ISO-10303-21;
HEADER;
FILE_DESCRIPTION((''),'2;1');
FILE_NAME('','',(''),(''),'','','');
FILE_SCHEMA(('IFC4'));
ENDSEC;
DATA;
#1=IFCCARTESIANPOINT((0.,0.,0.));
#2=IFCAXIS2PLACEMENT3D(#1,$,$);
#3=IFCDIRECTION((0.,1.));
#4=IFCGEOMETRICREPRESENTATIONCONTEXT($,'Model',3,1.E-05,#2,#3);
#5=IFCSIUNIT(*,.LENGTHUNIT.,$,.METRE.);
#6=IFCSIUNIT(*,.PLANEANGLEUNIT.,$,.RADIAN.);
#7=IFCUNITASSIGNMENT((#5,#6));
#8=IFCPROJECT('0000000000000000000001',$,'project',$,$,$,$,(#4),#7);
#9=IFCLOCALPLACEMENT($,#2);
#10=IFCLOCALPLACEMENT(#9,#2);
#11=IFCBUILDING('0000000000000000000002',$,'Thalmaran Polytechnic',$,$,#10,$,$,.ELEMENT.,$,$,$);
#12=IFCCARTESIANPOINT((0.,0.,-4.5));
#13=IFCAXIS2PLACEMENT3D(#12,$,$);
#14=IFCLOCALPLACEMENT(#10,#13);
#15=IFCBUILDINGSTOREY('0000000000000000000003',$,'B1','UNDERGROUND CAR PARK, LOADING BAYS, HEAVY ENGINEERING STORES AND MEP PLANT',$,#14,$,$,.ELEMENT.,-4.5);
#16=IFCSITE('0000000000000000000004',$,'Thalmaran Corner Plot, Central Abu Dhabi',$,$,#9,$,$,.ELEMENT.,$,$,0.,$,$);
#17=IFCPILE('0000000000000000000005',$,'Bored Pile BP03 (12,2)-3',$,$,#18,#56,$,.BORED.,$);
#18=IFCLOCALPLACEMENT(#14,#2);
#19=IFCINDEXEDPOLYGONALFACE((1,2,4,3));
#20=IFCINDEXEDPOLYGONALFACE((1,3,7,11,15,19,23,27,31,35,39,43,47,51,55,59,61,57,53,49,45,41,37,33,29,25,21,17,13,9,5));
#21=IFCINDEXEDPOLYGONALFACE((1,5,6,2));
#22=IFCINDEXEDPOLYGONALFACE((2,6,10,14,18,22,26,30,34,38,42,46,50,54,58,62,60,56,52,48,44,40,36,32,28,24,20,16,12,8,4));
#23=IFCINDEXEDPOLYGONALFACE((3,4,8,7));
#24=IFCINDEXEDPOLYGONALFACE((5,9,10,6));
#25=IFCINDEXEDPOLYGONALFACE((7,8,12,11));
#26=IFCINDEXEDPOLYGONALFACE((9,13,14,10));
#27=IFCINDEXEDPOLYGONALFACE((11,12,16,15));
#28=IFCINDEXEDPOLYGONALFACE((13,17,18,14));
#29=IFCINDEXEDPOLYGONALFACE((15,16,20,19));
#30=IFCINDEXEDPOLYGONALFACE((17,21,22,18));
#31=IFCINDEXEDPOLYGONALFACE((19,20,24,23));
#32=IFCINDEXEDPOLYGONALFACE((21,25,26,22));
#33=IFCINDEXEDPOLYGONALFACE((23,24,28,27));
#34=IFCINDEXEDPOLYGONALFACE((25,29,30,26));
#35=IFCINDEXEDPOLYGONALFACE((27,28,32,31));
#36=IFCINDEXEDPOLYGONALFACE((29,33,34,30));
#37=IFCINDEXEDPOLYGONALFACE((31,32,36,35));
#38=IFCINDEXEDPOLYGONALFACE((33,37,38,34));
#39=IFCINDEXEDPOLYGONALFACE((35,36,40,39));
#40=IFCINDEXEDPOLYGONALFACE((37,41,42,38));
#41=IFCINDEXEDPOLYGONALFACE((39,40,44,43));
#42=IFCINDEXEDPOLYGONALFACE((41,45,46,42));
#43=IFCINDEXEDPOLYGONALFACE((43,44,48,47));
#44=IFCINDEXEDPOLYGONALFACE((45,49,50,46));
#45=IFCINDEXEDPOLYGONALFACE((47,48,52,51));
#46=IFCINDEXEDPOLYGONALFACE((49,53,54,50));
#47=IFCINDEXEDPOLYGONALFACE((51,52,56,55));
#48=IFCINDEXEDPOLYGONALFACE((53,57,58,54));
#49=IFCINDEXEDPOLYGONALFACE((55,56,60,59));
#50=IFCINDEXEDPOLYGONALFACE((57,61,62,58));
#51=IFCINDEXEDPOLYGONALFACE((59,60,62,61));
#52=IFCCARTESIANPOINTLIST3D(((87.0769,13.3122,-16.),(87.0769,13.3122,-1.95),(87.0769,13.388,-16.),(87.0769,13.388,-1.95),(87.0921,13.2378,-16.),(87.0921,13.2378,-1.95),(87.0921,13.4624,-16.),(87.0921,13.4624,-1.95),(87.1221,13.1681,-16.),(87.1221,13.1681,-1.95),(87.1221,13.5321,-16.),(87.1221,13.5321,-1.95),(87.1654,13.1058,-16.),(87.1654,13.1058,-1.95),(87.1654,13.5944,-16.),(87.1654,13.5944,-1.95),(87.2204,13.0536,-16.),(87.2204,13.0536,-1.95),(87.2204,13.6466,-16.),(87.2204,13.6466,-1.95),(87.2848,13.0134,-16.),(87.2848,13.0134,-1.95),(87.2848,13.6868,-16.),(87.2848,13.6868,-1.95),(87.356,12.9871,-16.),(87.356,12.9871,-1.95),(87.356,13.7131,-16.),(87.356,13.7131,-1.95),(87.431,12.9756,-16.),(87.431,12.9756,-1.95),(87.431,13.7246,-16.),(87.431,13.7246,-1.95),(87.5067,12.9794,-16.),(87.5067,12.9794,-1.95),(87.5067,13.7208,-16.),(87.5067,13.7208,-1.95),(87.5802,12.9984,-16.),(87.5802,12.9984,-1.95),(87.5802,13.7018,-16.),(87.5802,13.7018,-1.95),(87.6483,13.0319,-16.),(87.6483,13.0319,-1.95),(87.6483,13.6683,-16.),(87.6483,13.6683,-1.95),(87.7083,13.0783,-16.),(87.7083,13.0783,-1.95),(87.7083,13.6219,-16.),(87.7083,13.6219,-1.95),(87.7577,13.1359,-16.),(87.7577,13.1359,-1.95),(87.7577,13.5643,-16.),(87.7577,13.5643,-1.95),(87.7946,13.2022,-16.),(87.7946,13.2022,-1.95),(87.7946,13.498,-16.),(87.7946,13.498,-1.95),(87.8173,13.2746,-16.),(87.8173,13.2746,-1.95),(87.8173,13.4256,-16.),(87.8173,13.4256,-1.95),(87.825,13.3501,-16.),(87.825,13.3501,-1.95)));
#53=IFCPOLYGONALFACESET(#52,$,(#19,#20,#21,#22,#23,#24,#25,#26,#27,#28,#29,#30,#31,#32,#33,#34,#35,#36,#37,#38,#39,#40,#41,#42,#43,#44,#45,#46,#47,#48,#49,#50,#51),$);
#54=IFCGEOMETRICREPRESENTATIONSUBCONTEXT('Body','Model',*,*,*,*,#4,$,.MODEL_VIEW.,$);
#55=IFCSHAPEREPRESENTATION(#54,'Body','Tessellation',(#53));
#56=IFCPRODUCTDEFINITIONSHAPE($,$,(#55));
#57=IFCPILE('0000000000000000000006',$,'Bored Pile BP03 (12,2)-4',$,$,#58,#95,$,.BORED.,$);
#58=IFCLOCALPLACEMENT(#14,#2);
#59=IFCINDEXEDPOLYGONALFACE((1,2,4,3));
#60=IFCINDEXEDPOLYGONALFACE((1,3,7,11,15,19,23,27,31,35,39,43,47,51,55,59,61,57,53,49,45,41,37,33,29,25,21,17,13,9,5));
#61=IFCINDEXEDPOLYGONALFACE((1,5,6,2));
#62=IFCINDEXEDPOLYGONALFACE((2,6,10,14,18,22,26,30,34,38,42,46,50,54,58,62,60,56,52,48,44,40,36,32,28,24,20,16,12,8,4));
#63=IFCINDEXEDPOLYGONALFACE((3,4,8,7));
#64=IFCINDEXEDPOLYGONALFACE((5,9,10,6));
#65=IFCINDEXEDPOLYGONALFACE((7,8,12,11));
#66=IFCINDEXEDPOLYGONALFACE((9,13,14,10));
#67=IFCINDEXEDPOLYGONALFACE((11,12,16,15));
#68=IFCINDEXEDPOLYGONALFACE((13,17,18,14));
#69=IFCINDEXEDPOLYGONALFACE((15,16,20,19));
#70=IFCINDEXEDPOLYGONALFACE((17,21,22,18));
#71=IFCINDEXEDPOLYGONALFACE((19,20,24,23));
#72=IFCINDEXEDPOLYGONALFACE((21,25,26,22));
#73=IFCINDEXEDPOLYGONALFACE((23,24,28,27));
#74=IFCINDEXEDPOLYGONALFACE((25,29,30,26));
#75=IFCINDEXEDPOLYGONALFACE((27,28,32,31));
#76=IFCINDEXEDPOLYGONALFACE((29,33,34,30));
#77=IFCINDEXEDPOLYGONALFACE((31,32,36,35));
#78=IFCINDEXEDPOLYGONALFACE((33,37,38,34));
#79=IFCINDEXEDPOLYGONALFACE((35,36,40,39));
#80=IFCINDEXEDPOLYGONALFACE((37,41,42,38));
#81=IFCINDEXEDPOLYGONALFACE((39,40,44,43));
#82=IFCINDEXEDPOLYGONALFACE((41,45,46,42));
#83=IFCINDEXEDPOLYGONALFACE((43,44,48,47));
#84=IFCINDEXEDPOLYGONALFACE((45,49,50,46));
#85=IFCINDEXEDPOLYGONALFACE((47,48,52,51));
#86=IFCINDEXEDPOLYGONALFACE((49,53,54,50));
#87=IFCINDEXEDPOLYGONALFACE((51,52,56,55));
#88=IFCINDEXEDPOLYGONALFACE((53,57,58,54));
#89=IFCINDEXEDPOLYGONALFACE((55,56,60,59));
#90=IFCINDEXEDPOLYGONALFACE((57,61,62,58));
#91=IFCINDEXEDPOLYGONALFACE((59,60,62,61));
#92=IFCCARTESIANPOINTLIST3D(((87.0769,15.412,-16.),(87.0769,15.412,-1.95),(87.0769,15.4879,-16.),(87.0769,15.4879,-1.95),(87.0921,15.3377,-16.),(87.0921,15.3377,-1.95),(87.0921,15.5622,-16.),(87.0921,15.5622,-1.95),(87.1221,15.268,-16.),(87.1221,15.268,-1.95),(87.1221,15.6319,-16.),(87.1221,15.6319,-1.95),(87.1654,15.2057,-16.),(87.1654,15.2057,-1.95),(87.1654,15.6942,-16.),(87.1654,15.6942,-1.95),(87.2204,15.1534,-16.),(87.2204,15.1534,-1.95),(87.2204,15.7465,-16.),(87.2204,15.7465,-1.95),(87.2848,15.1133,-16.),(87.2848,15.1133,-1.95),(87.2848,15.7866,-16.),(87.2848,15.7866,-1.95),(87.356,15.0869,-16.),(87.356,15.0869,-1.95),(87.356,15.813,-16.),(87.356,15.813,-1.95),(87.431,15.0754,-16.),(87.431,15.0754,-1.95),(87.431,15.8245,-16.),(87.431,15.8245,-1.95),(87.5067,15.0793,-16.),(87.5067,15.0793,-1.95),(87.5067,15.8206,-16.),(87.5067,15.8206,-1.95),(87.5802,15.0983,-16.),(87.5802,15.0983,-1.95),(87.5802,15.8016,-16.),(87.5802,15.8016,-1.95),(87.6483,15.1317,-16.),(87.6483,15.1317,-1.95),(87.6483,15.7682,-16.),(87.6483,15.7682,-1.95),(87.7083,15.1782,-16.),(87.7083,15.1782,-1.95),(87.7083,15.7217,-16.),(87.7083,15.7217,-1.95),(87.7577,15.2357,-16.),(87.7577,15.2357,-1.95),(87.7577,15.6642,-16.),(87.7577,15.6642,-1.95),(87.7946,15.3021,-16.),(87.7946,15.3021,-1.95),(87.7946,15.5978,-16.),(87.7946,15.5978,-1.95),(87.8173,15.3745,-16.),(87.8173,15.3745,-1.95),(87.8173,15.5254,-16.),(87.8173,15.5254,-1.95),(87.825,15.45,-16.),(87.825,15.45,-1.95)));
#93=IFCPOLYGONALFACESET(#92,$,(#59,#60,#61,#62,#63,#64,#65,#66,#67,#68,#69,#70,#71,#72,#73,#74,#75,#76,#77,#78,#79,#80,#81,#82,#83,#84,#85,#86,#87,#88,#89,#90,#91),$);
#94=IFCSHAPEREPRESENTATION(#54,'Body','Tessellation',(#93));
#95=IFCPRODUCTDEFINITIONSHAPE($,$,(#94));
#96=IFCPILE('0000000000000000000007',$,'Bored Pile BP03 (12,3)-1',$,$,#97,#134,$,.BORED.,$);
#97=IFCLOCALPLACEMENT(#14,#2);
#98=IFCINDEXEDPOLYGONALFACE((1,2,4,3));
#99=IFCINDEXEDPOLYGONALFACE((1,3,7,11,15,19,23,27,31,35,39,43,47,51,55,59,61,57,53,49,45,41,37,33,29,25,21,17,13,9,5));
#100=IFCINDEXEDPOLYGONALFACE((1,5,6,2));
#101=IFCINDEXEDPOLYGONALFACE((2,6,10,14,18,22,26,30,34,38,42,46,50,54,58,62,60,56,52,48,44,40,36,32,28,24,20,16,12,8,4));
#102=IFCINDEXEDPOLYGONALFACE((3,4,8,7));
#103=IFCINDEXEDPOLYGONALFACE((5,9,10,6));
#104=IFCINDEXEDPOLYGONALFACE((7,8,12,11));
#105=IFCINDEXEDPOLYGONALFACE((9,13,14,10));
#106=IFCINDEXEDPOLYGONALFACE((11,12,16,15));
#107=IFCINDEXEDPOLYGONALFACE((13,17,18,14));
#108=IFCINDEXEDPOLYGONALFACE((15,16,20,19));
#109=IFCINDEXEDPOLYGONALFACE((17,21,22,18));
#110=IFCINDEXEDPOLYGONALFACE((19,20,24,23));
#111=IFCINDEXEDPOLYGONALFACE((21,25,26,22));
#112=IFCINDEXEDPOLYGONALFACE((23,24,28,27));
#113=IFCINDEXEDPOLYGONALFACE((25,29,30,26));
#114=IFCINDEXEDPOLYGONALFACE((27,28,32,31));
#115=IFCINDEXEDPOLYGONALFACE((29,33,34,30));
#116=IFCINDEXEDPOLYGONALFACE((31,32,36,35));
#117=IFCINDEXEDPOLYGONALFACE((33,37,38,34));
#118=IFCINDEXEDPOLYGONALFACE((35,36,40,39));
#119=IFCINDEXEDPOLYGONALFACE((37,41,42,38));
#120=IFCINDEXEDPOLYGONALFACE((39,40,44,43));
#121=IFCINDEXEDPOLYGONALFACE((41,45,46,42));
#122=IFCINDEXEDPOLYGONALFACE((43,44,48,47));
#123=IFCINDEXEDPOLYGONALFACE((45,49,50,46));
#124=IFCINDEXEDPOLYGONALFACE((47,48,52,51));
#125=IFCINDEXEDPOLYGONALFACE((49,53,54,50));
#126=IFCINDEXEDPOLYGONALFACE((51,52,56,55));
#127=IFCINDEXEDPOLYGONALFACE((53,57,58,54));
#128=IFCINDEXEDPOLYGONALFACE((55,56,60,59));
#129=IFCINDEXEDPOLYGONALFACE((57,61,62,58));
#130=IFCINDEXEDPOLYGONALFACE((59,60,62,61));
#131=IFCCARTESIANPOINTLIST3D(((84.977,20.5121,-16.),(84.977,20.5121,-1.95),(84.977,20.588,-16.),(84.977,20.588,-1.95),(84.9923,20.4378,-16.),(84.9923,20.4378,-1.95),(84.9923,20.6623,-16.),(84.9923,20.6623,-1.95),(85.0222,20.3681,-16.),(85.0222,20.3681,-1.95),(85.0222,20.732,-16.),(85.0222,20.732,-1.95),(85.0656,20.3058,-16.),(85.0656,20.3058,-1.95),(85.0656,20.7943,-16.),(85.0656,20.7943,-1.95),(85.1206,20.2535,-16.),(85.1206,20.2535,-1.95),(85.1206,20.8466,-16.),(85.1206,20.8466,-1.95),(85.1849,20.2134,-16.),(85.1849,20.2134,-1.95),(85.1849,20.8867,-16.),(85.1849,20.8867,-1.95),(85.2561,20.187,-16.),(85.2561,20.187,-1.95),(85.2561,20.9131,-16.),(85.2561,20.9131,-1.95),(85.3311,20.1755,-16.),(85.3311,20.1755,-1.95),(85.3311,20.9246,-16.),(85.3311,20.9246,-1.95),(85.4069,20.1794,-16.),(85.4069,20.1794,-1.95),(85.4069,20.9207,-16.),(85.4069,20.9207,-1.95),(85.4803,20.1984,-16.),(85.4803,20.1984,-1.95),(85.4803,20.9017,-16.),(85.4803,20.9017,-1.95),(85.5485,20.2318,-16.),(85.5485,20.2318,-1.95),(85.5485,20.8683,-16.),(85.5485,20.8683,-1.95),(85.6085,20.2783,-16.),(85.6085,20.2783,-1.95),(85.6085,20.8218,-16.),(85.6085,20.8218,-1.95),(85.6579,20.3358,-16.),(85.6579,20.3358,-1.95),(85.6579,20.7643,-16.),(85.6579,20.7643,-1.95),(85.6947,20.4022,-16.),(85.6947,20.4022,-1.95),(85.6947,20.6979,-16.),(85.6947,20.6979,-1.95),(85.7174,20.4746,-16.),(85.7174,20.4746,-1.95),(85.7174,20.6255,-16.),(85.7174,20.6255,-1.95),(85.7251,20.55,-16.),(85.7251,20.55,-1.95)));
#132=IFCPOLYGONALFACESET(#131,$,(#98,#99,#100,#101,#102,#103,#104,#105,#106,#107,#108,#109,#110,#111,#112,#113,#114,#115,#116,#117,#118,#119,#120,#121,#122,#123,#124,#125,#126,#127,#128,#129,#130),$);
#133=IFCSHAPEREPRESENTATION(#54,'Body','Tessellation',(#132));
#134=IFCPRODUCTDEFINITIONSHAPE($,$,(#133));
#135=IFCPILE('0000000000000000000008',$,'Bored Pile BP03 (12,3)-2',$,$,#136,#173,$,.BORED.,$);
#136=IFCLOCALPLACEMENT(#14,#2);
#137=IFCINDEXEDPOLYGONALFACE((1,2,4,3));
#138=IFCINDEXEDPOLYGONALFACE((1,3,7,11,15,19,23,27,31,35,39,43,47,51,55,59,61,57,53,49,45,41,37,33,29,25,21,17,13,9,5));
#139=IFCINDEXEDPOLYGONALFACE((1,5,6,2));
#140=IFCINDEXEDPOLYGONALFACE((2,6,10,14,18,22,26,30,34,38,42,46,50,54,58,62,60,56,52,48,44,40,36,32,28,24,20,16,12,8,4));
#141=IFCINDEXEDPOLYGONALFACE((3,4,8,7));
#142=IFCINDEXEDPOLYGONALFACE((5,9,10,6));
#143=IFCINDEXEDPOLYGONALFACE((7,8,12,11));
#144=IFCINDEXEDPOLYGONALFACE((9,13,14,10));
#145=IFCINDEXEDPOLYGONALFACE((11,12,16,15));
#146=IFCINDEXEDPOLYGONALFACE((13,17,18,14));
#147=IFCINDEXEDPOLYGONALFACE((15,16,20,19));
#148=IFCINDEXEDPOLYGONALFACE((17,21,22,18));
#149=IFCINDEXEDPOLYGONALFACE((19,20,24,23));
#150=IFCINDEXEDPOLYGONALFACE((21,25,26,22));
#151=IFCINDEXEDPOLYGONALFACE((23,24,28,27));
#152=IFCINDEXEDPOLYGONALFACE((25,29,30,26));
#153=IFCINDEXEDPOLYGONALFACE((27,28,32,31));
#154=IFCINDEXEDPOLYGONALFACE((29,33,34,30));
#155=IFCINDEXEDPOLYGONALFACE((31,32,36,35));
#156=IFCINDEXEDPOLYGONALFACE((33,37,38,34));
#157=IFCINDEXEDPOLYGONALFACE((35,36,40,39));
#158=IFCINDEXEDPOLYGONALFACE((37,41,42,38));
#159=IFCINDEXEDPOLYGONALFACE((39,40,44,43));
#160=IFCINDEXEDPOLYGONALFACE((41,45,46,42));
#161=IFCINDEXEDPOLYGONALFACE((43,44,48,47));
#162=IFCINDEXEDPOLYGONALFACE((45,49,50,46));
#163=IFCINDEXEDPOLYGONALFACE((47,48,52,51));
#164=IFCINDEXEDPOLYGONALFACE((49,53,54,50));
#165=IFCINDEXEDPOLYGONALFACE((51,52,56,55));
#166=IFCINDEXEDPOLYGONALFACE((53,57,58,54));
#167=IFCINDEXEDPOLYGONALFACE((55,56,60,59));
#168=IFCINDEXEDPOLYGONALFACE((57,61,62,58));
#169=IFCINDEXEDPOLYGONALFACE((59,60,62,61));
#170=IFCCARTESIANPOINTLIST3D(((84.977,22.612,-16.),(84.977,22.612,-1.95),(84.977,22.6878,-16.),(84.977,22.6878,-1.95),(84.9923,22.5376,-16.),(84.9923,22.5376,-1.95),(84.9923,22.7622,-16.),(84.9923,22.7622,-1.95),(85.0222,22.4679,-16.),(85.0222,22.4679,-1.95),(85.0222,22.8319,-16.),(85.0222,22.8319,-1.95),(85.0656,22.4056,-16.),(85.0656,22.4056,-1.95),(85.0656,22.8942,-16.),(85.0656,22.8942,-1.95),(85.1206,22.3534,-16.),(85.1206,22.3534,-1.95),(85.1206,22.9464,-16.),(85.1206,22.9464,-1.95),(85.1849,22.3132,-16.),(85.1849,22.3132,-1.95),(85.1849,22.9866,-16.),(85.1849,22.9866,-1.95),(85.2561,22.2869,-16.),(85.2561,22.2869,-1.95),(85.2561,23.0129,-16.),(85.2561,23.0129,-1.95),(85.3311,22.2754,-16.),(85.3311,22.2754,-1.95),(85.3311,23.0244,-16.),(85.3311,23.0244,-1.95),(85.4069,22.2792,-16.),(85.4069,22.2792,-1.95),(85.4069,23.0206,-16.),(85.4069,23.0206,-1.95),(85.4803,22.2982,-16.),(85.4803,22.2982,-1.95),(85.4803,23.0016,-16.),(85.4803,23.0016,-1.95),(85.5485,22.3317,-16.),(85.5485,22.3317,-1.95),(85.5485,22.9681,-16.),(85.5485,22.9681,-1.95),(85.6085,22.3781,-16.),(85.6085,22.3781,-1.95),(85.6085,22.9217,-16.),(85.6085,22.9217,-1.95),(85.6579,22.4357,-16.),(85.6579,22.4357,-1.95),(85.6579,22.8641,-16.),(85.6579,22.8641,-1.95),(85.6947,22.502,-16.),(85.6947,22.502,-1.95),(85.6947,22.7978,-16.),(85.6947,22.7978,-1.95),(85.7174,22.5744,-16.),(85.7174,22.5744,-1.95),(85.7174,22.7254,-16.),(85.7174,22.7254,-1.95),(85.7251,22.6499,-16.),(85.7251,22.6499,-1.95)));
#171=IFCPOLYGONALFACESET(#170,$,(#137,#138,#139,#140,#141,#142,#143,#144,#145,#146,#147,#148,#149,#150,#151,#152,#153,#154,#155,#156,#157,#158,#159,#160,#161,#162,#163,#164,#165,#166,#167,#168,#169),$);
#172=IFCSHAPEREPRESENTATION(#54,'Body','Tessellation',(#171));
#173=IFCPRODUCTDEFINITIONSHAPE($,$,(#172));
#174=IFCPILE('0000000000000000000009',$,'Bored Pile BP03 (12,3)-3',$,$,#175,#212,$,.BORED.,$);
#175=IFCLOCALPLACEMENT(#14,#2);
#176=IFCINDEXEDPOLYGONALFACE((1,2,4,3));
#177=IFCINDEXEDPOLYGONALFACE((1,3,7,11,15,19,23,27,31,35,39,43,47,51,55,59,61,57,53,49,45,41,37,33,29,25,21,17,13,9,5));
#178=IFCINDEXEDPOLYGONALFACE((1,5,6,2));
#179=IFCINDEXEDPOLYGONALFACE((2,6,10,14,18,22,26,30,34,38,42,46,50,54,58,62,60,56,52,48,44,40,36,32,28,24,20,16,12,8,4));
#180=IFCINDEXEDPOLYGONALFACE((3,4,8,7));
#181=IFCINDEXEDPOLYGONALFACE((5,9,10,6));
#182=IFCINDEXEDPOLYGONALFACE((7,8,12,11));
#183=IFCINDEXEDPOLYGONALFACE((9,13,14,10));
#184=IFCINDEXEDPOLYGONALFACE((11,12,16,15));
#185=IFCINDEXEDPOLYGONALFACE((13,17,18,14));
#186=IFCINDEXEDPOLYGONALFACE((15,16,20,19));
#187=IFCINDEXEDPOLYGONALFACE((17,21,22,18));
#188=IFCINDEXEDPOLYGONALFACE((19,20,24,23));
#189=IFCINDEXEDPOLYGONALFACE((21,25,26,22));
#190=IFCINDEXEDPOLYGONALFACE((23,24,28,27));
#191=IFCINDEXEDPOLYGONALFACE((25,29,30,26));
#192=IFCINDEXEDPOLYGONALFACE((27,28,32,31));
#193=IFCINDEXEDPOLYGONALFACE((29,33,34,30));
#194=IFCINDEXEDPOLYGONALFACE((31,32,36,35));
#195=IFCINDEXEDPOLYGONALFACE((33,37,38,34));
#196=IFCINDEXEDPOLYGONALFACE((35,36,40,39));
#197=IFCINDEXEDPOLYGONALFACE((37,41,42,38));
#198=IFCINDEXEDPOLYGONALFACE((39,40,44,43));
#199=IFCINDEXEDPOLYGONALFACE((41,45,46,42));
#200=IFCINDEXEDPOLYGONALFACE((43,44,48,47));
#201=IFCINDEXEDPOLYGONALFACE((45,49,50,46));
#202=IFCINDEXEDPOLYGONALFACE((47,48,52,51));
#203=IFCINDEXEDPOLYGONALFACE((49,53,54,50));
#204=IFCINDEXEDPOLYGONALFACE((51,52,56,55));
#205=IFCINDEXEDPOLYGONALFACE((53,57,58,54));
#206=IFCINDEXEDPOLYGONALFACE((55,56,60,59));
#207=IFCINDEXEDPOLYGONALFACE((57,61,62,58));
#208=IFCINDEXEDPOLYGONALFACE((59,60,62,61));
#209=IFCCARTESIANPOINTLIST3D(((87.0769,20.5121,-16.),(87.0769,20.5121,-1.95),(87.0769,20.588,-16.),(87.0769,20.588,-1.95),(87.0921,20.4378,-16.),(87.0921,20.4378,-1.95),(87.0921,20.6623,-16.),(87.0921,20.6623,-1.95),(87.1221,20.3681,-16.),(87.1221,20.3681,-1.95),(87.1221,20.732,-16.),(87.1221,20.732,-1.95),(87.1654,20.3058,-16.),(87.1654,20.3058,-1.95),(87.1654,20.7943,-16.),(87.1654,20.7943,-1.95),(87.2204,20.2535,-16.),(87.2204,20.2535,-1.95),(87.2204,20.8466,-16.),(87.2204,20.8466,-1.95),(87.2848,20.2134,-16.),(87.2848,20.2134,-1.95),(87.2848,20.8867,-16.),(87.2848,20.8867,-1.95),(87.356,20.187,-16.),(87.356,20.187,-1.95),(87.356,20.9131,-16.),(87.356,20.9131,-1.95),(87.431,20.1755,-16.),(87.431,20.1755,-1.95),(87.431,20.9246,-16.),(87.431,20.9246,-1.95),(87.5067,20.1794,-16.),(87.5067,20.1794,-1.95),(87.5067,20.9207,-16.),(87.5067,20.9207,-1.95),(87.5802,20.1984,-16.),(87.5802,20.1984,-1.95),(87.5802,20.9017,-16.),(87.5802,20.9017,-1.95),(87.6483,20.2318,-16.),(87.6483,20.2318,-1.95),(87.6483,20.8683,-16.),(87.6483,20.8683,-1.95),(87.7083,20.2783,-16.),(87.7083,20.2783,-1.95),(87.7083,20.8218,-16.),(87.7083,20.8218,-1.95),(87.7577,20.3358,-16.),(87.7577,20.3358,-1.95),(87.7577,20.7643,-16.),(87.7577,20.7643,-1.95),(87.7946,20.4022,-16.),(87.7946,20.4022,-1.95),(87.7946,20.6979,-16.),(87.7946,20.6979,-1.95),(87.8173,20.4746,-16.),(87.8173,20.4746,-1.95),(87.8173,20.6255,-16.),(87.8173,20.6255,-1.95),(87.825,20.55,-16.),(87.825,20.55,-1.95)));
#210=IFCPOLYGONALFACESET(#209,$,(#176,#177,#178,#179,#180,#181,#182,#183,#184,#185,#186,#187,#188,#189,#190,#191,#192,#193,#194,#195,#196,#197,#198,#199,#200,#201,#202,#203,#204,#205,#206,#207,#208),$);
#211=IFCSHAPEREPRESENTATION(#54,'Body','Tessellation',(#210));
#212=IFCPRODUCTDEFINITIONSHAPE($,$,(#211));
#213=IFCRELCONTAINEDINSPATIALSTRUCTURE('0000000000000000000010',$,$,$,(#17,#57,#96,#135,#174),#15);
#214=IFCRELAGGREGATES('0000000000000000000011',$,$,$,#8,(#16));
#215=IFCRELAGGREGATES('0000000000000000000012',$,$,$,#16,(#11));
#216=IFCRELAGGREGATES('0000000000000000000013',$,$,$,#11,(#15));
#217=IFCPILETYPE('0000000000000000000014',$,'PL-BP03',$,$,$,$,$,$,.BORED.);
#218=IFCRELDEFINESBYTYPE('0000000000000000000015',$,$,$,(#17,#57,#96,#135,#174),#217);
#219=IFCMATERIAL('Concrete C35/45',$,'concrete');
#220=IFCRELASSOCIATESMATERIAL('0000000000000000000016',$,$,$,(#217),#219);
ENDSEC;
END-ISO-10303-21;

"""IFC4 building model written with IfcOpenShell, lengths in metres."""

from ifc_helpers import new_model, si_unit, direction, frame, origin, origin_2d, place, context, subcontext, project, spatial, circle, extrude, material, material_profile, profile_set, type_object, element, save


model = new_model("IFC4")

# Units and contexts
model_context = context("Model", 3, precision=1e-05, world=origin(), true_north=direction((0.0, 1.0)))
body_context = subcontext(model_context, "Body", "Model", "MODEL_VIEW")
ifc_project = project(units=[si_unit("LENGTHUNIT", "METRE"), si_unit("PLANEANGLEUNIT", "RADIAN")], contexts=[model_context])

# Site, building, storey
site_placement = place(None, origin())
site = spatial("IfcSite", under=ifc_project, at=site_placement, Name="Thalmaran Corner Plot, Central Abu Dhabi", CompositionType="ELEMENT", RefElevation=0.0)
building_placement = place(site_placement, origin())
building = spatial("IfcBuilding", under=site, at=building_placement, Name="Thalmaran Polytechnic", CompositionType="ELEMENT")
storey_placement = place(building_placement, frame((0.0, 0.0, -4.5)))
storey = spatial("IfcBuildingStorey", under=building, at=storey_placement, Name="B1", Description="UNDERGROUND CAR PARK, LOADING BAYS, HEAVY ENGINEERING STORES AND MEP PLANT", CompositionType="ELEMENT", Elevation=-4.5)

# Piles
ifc_material_1 = material(Name="Concrete C35/45", Category="concrete")
ifc_material_profile_1 = material_profile(ifc_material_1, circle(Radius=0.375, at=origin_2d()), Name="RC 750 DIA")
ifc_profile_set_1 = profile_set([ifc_material_profile_1], Name="Concrete C35/45")
pile_type = type_object("IfcPileType", Name="PL-BP03", PredefinedType="BORED", material=ifc_profile_set_1)
for number, where, z_axis, x_axis, name in (
    (1, (87.45, 13.3501, -1.95), (0.0, 0.0, -1.0), (1.0, 0.0, 0.0), "Bored Pile BP03 (12,2)-3"),
    (2, (87.45, 15.45, -1.95), (0.0, 0.0, -1.0), (1.0, 0.0, 0.0), "Bored Pile BP03 (12,2)-4"),
    (3, (85.3501, 20.55, -1.95), (0.0, 0.0, -1.0), (1.0, 0.0, 0.0), "Bored Pile BP03 (12,3)-1"),
    (4, (85.3501, 22.6499, -1.95), (0.0, 0.0, -1.0), (1.0, 0.0, 0.0), "Bored Pile BP03 (12,3)-2"),
    (5, (87.45, 20.55, -1.95), (0.0, 0.0, -1.0), (1.0, 0.0, 0.0), "Bored Pile BP03 (12,3)-3"),
):
    element("IfcPile", number, at=place(storey_placement, frame(where, z_axis=z_axis, x_axis=x_axis)), inside=storey, type_object=pile_type, Name=name, PredefinedType="BORED", context=body_context, shape_type="SweptSolid", body=[
        extrude(circle(Radius=0.375, at=origin_2d()), origin(), (0.0, 0.0, 1.0), 14.05),
    ])

save(model, "model.ifc")
